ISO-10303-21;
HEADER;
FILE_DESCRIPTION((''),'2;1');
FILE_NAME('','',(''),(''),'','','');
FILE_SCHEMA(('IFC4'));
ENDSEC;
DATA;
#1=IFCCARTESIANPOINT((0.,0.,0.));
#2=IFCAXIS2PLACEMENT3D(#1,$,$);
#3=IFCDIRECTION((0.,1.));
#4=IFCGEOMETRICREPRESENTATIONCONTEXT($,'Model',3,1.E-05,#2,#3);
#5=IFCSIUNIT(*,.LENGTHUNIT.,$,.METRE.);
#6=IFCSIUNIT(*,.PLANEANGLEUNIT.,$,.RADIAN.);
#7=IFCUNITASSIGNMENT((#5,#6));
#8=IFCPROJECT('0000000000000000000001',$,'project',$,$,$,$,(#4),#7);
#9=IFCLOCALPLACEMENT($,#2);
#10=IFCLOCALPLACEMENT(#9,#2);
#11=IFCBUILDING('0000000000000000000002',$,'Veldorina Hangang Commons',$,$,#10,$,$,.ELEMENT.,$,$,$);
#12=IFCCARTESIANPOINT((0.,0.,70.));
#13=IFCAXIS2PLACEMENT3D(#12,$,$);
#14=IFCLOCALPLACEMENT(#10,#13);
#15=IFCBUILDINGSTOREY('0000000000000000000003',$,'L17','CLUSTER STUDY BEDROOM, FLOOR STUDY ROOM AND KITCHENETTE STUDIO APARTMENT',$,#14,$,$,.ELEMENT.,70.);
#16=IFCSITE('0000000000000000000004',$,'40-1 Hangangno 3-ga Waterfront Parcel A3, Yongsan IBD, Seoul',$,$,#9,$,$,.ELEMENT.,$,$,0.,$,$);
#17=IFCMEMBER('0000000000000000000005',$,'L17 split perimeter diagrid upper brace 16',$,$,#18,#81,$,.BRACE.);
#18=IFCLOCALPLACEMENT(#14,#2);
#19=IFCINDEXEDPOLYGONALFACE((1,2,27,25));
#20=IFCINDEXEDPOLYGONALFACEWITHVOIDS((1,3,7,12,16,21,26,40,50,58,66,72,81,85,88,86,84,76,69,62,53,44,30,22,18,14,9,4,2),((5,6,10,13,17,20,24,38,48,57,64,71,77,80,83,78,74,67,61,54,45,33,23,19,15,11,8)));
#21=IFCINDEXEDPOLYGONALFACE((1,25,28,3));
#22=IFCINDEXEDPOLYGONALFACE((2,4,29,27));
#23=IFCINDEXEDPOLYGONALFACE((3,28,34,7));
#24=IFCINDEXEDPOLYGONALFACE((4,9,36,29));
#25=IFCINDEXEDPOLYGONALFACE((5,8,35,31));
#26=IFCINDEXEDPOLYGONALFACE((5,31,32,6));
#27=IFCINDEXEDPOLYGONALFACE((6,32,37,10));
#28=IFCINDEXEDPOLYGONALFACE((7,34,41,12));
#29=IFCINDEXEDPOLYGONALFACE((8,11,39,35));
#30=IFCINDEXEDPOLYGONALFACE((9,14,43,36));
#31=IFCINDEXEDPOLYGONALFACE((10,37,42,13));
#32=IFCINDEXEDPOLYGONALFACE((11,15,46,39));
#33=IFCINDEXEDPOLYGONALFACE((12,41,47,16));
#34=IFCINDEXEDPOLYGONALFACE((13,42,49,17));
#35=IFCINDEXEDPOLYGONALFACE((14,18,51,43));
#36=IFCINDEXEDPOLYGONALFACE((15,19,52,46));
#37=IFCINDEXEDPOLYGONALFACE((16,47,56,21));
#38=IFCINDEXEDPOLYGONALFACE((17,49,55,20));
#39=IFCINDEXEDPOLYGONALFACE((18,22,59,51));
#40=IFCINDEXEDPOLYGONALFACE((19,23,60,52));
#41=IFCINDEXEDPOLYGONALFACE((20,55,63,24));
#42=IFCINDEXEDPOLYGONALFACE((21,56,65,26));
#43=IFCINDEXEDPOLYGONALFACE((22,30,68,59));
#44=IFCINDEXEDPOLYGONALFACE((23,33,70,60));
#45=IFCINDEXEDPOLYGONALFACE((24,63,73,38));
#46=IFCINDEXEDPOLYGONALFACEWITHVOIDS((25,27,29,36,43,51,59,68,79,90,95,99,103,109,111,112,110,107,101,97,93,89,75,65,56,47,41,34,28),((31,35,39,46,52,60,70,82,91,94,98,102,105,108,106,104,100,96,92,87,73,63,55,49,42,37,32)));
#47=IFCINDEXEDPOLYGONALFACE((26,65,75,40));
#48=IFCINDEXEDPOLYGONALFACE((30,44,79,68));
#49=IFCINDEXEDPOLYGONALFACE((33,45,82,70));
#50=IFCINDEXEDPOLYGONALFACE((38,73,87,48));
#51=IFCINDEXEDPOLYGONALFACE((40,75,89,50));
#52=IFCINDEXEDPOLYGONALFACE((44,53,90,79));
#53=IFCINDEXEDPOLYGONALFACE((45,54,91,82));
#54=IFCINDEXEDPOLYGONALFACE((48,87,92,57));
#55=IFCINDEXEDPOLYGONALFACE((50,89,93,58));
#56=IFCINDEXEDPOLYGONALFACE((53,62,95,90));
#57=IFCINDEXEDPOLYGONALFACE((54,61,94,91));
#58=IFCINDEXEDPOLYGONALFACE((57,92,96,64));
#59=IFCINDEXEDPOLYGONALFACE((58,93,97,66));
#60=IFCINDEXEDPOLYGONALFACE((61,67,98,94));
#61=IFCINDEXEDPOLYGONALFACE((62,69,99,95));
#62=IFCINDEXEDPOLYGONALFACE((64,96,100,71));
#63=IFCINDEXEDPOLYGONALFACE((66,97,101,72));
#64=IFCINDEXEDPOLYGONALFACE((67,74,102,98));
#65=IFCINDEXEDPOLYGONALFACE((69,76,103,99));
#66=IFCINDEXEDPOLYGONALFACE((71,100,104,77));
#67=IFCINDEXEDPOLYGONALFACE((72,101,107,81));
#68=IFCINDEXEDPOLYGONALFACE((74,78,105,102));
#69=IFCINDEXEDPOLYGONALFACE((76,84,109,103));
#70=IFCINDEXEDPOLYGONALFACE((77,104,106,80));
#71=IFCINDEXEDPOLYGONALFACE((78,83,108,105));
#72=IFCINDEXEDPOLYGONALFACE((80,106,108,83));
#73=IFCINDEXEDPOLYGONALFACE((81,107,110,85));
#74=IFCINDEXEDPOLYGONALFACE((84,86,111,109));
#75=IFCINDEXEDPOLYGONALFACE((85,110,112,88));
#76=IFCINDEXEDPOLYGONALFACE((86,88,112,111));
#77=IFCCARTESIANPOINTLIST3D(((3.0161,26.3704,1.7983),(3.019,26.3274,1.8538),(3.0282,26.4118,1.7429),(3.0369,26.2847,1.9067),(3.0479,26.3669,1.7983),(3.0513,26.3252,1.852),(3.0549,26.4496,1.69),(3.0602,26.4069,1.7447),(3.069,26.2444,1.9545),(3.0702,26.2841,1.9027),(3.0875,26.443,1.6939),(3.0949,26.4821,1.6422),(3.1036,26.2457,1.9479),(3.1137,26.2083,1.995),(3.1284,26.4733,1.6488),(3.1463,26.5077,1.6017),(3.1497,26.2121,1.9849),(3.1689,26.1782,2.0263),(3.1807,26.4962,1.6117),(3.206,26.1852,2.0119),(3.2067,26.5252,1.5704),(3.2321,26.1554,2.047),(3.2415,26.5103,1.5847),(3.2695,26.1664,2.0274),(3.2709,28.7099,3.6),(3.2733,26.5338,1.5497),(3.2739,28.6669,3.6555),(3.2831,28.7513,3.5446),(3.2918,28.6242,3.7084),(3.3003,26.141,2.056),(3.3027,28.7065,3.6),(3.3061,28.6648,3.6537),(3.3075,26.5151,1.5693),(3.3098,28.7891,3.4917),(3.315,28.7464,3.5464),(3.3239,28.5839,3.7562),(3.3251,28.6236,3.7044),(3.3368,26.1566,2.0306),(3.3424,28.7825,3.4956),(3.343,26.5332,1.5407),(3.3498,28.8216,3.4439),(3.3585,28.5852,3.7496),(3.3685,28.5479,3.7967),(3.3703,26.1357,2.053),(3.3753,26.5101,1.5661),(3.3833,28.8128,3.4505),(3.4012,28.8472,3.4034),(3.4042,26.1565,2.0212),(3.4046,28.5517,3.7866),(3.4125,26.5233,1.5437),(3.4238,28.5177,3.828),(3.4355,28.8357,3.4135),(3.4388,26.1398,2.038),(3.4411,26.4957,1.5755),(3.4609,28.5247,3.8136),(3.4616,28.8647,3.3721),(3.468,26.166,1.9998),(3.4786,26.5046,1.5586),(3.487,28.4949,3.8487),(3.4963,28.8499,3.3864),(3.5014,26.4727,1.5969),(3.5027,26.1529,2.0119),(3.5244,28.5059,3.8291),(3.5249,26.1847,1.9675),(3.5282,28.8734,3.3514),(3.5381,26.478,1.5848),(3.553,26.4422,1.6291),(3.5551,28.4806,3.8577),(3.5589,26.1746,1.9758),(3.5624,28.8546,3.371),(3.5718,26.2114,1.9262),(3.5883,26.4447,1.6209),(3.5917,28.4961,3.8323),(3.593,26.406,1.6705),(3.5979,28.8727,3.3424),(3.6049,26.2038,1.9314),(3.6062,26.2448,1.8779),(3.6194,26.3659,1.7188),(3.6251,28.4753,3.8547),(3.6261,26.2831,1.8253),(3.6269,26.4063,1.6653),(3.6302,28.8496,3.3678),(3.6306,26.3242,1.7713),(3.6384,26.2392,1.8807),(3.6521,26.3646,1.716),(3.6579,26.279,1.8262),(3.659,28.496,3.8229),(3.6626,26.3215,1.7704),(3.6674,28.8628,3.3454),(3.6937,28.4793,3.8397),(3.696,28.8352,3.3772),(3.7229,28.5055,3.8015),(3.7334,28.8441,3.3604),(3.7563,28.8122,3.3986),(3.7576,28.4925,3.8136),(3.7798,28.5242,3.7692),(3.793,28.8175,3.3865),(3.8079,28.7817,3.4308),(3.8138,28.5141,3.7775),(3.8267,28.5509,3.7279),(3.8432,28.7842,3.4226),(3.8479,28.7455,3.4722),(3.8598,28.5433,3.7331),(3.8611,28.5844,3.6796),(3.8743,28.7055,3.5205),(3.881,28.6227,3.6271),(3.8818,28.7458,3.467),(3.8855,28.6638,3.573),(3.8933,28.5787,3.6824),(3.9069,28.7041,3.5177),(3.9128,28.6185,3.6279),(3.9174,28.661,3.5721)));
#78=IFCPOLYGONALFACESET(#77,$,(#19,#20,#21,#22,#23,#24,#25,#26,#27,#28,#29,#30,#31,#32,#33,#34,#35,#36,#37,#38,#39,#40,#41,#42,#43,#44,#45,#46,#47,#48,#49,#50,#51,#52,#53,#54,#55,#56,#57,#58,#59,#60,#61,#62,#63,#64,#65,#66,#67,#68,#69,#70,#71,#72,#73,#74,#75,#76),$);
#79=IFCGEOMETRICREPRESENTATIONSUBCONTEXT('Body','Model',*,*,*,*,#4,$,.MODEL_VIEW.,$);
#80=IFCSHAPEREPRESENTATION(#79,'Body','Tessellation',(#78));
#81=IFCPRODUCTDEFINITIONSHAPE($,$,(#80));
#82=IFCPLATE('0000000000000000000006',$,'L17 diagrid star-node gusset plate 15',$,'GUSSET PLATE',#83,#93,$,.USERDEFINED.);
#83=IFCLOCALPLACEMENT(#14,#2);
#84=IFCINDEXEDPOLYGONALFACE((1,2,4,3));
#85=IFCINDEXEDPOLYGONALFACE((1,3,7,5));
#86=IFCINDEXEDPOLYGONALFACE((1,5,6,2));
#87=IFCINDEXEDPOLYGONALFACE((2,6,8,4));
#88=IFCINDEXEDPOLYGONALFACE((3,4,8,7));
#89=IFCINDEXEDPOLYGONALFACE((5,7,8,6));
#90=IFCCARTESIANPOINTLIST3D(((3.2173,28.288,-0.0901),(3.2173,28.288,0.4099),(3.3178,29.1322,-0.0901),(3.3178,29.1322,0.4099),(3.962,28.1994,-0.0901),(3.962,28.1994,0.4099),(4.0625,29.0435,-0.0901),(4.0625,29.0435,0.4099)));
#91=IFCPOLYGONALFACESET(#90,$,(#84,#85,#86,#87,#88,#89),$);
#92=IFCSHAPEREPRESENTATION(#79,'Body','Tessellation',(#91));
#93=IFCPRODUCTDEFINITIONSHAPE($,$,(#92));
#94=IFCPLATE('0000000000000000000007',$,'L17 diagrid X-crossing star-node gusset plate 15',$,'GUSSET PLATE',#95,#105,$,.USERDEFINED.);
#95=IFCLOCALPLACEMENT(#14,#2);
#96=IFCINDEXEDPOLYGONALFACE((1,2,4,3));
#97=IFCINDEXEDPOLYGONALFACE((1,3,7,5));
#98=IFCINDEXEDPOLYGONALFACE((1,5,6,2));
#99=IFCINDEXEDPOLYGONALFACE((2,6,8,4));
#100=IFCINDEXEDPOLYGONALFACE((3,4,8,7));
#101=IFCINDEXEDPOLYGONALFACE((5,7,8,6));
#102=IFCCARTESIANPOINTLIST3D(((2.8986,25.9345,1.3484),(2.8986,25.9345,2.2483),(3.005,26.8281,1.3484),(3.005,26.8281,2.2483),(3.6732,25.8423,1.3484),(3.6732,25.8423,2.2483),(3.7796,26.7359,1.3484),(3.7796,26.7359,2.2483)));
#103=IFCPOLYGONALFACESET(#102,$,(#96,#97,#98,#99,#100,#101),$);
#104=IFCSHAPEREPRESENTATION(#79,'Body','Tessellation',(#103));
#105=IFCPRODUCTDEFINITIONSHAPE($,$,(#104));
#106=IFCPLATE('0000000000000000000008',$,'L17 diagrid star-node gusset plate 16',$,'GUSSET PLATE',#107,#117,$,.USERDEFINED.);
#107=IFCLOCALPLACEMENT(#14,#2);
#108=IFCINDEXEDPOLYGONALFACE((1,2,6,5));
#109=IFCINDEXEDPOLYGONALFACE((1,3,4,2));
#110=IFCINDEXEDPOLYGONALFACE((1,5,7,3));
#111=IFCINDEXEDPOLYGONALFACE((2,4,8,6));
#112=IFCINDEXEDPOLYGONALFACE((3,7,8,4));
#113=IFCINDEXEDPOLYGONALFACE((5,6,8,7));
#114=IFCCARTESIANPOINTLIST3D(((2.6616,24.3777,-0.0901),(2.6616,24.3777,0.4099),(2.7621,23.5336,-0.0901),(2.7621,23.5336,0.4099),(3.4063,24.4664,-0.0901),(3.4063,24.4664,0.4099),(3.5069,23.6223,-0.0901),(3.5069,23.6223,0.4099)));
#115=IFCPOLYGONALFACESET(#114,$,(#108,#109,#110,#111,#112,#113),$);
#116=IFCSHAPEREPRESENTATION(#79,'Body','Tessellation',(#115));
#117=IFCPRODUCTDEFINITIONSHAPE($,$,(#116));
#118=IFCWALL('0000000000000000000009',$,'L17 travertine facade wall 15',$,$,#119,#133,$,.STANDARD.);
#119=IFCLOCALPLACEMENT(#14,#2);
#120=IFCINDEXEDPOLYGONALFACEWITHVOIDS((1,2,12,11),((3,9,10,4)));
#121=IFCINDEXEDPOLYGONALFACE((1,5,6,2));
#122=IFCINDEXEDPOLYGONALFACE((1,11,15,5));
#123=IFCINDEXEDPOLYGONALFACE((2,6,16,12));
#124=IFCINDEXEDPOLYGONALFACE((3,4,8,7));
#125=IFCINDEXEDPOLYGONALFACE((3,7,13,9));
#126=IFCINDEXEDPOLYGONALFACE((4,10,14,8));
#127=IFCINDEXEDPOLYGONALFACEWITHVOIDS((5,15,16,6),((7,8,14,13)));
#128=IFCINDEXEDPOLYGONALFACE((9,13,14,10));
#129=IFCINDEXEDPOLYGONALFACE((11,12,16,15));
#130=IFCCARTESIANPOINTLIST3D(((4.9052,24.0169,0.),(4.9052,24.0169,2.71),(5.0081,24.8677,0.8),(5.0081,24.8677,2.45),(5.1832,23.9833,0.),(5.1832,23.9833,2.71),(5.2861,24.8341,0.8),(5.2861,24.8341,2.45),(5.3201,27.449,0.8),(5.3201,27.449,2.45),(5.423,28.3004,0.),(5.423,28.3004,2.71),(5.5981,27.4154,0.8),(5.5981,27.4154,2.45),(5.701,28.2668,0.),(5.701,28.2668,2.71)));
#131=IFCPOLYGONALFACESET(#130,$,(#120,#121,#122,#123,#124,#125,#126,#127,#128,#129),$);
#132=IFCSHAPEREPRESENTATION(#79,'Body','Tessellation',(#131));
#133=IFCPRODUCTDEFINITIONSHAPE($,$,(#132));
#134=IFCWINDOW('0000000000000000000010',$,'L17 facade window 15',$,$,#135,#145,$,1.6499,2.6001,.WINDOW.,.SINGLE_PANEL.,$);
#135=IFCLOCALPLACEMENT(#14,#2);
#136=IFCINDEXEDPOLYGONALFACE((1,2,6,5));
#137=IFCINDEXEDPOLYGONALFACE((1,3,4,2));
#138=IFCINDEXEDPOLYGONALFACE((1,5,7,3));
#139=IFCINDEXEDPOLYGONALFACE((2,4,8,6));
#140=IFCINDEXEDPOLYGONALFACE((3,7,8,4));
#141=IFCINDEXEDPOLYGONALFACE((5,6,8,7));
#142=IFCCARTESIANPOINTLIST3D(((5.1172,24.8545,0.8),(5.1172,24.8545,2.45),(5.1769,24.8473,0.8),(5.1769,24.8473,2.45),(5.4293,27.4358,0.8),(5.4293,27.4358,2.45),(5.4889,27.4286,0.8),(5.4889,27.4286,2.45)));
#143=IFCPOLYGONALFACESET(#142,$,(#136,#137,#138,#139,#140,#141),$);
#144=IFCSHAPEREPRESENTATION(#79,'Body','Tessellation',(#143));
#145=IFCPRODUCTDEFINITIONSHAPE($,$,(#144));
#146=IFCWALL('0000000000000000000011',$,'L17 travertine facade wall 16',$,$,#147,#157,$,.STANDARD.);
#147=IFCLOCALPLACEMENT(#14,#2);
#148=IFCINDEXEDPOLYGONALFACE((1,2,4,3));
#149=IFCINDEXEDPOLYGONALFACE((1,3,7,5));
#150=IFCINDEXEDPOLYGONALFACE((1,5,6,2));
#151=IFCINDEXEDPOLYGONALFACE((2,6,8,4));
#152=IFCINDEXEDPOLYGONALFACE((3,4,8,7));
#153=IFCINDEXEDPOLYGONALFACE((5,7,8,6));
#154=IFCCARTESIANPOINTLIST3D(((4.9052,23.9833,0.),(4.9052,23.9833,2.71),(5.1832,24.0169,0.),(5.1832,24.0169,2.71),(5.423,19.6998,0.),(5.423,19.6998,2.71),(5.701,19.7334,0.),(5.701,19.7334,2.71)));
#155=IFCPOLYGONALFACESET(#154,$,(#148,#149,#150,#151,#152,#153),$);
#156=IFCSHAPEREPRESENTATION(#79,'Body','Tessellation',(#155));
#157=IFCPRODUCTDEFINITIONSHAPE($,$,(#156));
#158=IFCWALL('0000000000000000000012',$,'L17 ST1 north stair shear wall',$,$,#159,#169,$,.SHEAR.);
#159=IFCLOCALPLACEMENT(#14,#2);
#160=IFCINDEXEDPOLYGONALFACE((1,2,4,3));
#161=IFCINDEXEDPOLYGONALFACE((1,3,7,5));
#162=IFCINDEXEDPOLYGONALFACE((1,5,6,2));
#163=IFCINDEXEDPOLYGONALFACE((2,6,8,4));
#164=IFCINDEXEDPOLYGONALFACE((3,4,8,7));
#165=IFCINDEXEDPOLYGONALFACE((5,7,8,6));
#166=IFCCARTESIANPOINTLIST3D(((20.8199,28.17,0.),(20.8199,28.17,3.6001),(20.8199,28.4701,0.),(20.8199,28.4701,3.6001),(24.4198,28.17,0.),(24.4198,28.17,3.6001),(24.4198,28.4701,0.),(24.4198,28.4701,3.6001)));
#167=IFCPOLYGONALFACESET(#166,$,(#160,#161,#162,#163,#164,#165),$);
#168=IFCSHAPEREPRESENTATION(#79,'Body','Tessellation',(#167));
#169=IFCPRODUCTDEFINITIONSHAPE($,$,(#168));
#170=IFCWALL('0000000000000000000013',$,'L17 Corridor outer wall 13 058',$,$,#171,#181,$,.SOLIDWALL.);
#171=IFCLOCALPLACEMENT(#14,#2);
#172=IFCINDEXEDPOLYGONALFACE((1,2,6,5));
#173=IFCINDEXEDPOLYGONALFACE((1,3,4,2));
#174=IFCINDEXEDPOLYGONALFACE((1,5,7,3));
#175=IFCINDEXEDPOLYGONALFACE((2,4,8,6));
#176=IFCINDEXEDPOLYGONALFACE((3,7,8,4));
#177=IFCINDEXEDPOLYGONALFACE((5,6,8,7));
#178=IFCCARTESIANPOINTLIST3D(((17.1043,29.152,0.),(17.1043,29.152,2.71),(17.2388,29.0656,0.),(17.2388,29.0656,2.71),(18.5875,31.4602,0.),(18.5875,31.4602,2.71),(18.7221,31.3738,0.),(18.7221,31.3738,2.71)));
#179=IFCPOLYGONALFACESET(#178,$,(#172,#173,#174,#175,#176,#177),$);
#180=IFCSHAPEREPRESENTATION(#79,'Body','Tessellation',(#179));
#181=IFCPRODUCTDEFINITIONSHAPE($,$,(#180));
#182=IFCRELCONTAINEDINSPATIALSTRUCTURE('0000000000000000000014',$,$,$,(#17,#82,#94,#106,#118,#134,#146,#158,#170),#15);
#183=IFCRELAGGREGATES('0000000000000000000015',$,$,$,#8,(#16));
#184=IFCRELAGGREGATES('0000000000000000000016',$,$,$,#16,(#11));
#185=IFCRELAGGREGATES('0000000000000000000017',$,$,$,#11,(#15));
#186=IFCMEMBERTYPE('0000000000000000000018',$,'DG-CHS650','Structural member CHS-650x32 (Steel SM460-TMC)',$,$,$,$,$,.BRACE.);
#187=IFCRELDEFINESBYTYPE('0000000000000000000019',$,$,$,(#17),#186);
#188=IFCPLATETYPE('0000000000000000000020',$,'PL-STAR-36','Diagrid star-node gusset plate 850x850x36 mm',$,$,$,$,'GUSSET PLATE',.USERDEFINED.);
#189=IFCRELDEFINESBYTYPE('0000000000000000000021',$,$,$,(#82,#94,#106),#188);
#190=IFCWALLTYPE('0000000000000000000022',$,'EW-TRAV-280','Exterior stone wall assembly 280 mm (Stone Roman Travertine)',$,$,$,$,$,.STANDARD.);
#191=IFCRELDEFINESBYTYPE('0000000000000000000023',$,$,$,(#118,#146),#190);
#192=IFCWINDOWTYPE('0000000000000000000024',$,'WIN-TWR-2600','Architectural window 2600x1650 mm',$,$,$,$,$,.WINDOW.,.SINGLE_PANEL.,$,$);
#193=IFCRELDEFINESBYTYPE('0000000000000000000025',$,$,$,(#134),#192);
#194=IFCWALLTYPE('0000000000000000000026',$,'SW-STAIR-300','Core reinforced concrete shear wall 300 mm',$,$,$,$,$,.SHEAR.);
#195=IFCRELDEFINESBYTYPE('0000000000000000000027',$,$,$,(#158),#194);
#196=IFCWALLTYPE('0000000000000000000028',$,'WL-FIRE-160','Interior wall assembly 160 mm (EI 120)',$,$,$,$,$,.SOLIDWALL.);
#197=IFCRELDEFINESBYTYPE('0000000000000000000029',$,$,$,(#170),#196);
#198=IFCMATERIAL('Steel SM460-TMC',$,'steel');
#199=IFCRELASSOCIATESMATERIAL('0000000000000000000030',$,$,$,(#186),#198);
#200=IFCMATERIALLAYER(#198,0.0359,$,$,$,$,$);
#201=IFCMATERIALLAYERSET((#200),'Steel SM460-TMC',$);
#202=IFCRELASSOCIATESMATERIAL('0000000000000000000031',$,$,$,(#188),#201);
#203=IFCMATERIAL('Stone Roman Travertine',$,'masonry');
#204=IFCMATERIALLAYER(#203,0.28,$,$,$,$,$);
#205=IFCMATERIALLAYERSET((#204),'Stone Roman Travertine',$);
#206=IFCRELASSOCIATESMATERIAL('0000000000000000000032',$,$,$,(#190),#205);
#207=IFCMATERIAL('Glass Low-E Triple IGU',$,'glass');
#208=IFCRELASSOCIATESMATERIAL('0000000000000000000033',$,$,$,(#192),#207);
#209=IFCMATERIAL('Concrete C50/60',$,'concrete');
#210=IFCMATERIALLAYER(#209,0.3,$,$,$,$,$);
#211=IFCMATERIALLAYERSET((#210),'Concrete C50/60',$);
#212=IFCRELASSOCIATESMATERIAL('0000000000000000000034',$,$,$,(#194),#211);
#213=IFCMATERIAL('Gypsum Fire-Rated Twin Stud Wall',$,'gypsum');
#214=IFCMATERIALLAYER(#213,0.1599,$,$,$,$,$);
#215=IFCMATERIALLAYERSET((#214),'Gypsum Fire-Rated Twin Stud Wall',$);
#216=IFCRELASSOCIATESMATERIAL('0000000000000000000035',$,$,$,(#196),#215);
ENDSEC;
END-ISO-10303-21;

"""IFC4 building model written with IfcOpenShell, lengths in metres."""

from ifc_helpers import new_model, si_unit, direction, frame, frame_2d, origin, origin_2d, place, context, subcontext, project, spatial, rectangle, hollow_circle, extrude, material, layer, layer_set, material_profile, profile_set, type_object, element, fill, save


model = new_model("IFC4")

# Units and contexts
model_context = context("Model", 3, precision=1e-05, world=origin(), true_north=direction((0.0, 1.0)))
body_context = subcontext(model_context, "Body", "Model", "MODEL_VIEW")
ifc_project = project(units=[si_unit("LENGTHUNIT", "METRE"), si_unit("PLANEANGLEUNIT", "RADIAN")], contexts=[model_context])

# Site, building, storey
site_placement = place(None, origin())
site = spatial("IfcSite", under=ifc_project, at=site_placement, Name="40-1 Hangangno 3-ga Waterfront Parcel A3, Yongsan IBD, Seoul", CompositionType="ELEMENT", RefElevation=0.0)
building_placement = place(site_placement, origin())
building = spatial("IfcBuilding", under=site, at=building_placement, Name="Veldorina Hangang Commons", CompositionType="ELEMENT")
storey_placement = place(building_placement, frame((0.0, 0.0, 70.0)))
storey = spatial("IfcBuildingStorey", under=building, at=storey_placement, Name="L17", Description="CLUSTER STUDY BEDROOM, FLOOR STUDY ROOM AND KITCHENETTE STUDIO APARTMENT", CompositionType="ELEMENT", Elevation=70.0)

# Member
ifc_material_1 = material(Name="Steel SM460-TMC", Category="steel")
ifc_material_profile_1 = material_profile(ifc_material_1, hollow_circle(Radius=0.325, WallThickness=0.032, at=origin_2d()), Name="CHS-650x32")
ifc_profile_set_1 = profile_set([ifc_material_profile_1], Name="Steel SM460-TMC")
member_type = type_object("IfcMemberType", Name="DG-CHS650", Description="Structural member CHS-650x32 (Steel SM460-TMC)", PredefinedType="BRACE", material=ifc_profile_set_1)
member_1_placement = place(storey_placement, frame((3.3391, 26.3352, 1.7983), z_axis=(0.085994, 0.789351, 0.60789), x_axis=(-0.994118, 0.108302, 0.0)))
element("IfcMember", 1, at=member_1_placement, inside=storey, type_object=member_type, Name="L17 split perimeter diagrid upper brace 16", PredefinedType="BRACE", context=body_context, shape_type="SweptSolid", body=[
    extrude(hollow_circle(Radius=0.325, WallThickness=0.032, at=origin_2d()), origin(), (0.0, 0.0, 1.0), 2.9639),
])

# Plates
ifc_layer_1 = layer(ifc_material_1, 0.0359)
ifc_layer_set_1 = layer_set([ifc_layer_1], Name="Steel SM460-TMC")
plate_type = type_object("IfcPlateType", Name="PL-STAR-36", Description="Diagrid star-node gusset plate 850x850x36 mm", ElementType="GUSSET PLATE", PredefinedType="USERDEFINED", material=ifc_layer_set_1)
plate_1_placement = place(storey_placement, frame((3.6399, 28.6658, -0.0901), z_axis=(0.0, 0.0, 1.0), x_axis=(-0.118248, -0.992984, 0.0)))
element("IfcPlate", 2, at=plate_1_placement, inside=storey, type_object=plate_type, Name="L17 diagrid star-node gusset plate 15", ObjectType="GUSSET PLATE", PredefinedType="USERDEFINED", context=body_context, shape_type="SweptSolid", body=[
    extrude(rectangle(XDim=0.8501, YDim=0.75, at=origin_2d()), origin(), (0.0, 0.0, 1.0), 0.5),
])
plate_2_placement = place(storey_placement, frame((3.3391, 26.3352, 1.3484), z_axis=(0.0, 0.0, 1.0), x_axis=(-0.118248, -0.992984, 0.0)))
element("IfcPlate", 3, at=plate_2_placement, inside=storey, type_object=plate_type, Name="L17 diagrid X-crossing star-node gusset plate 15", ObjectType="GUSSET PLATE", PredefinedType="USERDEFINED", context=body_context, shape_type="SweptSolid", body=[
    extrude(rectangle(XDim=0.8999, YDim=0.78, at=origin_2d()), origin(), (0.0, 0.0, 1.0), 0.8999),
])
plate_3_placement = place(storey_placement, frame((3.0842, 24.0, -0.0901), z_axis=(0.0, 0.0, 1.0), x_axis=(0.118248, -0.992984, 0.0)))
element("IfcPlate", 4, at=plate_3_placement, inside=storey, type_object=plate_type, Name="L17 diagrid star-node gusset plate 16", ObjectType="GUSSET PLATE", PredefinedType="USERDEFINED", context=body_context, shape_type="SweptSolid", body=[
    extrude(rectangle(XDim=0.8501, YDim=0.75, at=origin_2d()), origin(), (0.0, 0.0, 1.0), 0.5),
])

# Wall, opening, window
ifc_material_2 = material(Name="Stone Roman Travertine", Category="masonry")
ifc_layer_2 = layer(ifc_material_2, 0.28)
ifc_layer_set_2 = layer_set([ifc_layer_2], Name="Stone Roman Travertine")
wall_type_1 = type_object("IfcWallType", Name="EW-TRAV-280", Description="Exterior stone wall assembly 280 mm (Stone Roman Travertine)", PredefinedType="STANDARD", material=ifc_layer_set_2)
wall_1_placement = place(storey_placement, frame((5.562, 28.2834, 0.0), z_axis=(0.0, 0.0, 1.0), x_axis=(-0.120015, -0.992772, 0.0)))
wall_1 = element("IfcWall", 5, at=wall_1_placement, inside=storey, type_object=wall_type_1, Name="L17 travertine facade wall 15", PredefinedType="STANDARD", context=body_context, shape_type="SweptSolid", body=[
    extrude(rectangle(XDim=4.3147, YDim=0.28, at=frame_2d((2.1572, 0.0))), origin(), (0.0, 0.0, 1.0), 2.71),
])
opening_1_placement = place(wall_1_placement, frame((0.8574, 0.0, 0.8)))
opening_1 = element("IfcOpeningElement", 6, at=opening_1_placement, cuts=wall_1, PredefinedType="OPENING", context=body_context, shape_type="SweptSolid", body=[
    extrude(rectangle(XDim=2.6001, YDim=1.6499, at=frame_2d((1.3, 0.825))), frame((0.0, 0.1499, 0.0), z_axis=(0.0, -1.0, 0.0), x_axis=(1.0, 0.0, 0.0)), (0.0, 0.0, 1.0), 0.3),
])
ifc_material_3 = material(Name="Glass Low-E Triple IGU", Category="glass")
window_type = type_object("IfcWindowType", Name="WIN-TWR-2600", Description="Architectural window 2600x1650 mm", PartitioningType="SINGLE_PANEL", PredefinedType="WINDOW", material=ifc_material_3)
window_placement = place(opening_1_placement, origin())
window = element("IfcWindow", 7, at=window_placement, inside=storey, type_object=window_type, Name="L17 facade window 15", OverallHeight=1.6499, OverallWidth=2.6001, PartitioningType="SINGLE_PANEL", PredefinedType="WINDOW", context=body_context, shape_type="SweptSolid", body=[
    extrude(rectangle(XDim=2.6001, YDim=1.6499, at=frame_2d((1.3, 0.825))), frame((0.0, 0.03, 0.0), z_axis=(0.0, -1.0, 0.0), x_axis=(1.0, 0.0, 0.0)), (0.0, 0.0, 1.0), 0.0601),
])
fill(opening_1, window)

# Walls
wall_2_placement = place(storey_placement, frame((5.0442, 24.0, 0.0), z_axis=(0.0, 0.0, 1.0), x_axis=(0.120015, -0.992772, 0.0)))
element("IfcWall", 8, at=wall_2_placement, inside=storey, type_object=wall_type_1, Name="L17 travertine facade wall 16", PredefinedType="STANDARD", context=body_context, shape_type="SweptSolid", body=[
    extrude(rectangle(XDim=4.3147, YDim=0.28, at=frame_2d((2.1572, 0.0))), origin(), (0.0, 0.0, 1.0), 2.71),
])
ifc_material_4 = material(Name="Concrete C50/60", Category="concrete")
ifc_layer_3 = layer(ifc_material_4, 0.3)
ifc_layer_set_3 = layer_set([ifc_layer_3], Name="Concrete C50/60")
wall_type_2 = type_object("IfcWallType", Name="SW-STAIR-300", Description="Core reinforced concrete shear wall 300 mm", PredefinedType="SHEAR", material=ifc_layer_set_3)
wall_3_placement = place(storey_placement, frame((20.8201, 28.3201, 0.0), z_axis=(0.0, 0.0, 1.0), x_axis=(1.0, 0.0, 0.0)))
element("IfcWall", 9, at=wall_3_placement, inside=storey, type_object=wall_type_2, Name="L17 ST1 north stair shear wall", PredefinedType="SHEAR", context=body_context, shape_type="SweptSolid", body=[
    extrude(rectangle(XDim=3.5999, YDim=0.3, at=frame_2d((1.7998, 0.0))), origin(), (0.0, 0.0, 1.0), 3.6001),
])
ifc_material_5 = material(Name="Gypsum Fire-Rated Twin Stud Wall", Category="gypsum")
ifc_layer_4 = layer(ifc_material_5, 0.1599)
ifc_layer_set_4 = layer_set([ifc_layer_4], Name="Gypsum Fire-Rated Twin Stud Wall")
wall_type_3 = type_object("IfcWallType", Name="WL-FIRE-160", Description="Interior wall assembly 160 mm (EI 120)", PredefinedType="SOLIDWALL", material=ifc_layer_set_4)
wall_4_placement = place(storey_placement, frame((18.6548, 31.417, 0.0), z_axis=(0.0, 0.0, 1.0), x_axis=(-0.540596, -0.841283, 0.0)))
element("IfcWall", 10, at=wall_4_placement, inside=storey, type_object=wall_type_3, Name="L17 Corridor outer wall 13 058", PredefinedType="SOLIDWALL", context=body_context, shape_type="SweptSolid", body=[
    extrude(rectangle(XDim=2.7437, YDim=0.1599, at=frame_2d((1.3718, 0.0))), origin(), (0.0, 0.0, 1.0), 2.71),
])

save(model, "model.ifc")
